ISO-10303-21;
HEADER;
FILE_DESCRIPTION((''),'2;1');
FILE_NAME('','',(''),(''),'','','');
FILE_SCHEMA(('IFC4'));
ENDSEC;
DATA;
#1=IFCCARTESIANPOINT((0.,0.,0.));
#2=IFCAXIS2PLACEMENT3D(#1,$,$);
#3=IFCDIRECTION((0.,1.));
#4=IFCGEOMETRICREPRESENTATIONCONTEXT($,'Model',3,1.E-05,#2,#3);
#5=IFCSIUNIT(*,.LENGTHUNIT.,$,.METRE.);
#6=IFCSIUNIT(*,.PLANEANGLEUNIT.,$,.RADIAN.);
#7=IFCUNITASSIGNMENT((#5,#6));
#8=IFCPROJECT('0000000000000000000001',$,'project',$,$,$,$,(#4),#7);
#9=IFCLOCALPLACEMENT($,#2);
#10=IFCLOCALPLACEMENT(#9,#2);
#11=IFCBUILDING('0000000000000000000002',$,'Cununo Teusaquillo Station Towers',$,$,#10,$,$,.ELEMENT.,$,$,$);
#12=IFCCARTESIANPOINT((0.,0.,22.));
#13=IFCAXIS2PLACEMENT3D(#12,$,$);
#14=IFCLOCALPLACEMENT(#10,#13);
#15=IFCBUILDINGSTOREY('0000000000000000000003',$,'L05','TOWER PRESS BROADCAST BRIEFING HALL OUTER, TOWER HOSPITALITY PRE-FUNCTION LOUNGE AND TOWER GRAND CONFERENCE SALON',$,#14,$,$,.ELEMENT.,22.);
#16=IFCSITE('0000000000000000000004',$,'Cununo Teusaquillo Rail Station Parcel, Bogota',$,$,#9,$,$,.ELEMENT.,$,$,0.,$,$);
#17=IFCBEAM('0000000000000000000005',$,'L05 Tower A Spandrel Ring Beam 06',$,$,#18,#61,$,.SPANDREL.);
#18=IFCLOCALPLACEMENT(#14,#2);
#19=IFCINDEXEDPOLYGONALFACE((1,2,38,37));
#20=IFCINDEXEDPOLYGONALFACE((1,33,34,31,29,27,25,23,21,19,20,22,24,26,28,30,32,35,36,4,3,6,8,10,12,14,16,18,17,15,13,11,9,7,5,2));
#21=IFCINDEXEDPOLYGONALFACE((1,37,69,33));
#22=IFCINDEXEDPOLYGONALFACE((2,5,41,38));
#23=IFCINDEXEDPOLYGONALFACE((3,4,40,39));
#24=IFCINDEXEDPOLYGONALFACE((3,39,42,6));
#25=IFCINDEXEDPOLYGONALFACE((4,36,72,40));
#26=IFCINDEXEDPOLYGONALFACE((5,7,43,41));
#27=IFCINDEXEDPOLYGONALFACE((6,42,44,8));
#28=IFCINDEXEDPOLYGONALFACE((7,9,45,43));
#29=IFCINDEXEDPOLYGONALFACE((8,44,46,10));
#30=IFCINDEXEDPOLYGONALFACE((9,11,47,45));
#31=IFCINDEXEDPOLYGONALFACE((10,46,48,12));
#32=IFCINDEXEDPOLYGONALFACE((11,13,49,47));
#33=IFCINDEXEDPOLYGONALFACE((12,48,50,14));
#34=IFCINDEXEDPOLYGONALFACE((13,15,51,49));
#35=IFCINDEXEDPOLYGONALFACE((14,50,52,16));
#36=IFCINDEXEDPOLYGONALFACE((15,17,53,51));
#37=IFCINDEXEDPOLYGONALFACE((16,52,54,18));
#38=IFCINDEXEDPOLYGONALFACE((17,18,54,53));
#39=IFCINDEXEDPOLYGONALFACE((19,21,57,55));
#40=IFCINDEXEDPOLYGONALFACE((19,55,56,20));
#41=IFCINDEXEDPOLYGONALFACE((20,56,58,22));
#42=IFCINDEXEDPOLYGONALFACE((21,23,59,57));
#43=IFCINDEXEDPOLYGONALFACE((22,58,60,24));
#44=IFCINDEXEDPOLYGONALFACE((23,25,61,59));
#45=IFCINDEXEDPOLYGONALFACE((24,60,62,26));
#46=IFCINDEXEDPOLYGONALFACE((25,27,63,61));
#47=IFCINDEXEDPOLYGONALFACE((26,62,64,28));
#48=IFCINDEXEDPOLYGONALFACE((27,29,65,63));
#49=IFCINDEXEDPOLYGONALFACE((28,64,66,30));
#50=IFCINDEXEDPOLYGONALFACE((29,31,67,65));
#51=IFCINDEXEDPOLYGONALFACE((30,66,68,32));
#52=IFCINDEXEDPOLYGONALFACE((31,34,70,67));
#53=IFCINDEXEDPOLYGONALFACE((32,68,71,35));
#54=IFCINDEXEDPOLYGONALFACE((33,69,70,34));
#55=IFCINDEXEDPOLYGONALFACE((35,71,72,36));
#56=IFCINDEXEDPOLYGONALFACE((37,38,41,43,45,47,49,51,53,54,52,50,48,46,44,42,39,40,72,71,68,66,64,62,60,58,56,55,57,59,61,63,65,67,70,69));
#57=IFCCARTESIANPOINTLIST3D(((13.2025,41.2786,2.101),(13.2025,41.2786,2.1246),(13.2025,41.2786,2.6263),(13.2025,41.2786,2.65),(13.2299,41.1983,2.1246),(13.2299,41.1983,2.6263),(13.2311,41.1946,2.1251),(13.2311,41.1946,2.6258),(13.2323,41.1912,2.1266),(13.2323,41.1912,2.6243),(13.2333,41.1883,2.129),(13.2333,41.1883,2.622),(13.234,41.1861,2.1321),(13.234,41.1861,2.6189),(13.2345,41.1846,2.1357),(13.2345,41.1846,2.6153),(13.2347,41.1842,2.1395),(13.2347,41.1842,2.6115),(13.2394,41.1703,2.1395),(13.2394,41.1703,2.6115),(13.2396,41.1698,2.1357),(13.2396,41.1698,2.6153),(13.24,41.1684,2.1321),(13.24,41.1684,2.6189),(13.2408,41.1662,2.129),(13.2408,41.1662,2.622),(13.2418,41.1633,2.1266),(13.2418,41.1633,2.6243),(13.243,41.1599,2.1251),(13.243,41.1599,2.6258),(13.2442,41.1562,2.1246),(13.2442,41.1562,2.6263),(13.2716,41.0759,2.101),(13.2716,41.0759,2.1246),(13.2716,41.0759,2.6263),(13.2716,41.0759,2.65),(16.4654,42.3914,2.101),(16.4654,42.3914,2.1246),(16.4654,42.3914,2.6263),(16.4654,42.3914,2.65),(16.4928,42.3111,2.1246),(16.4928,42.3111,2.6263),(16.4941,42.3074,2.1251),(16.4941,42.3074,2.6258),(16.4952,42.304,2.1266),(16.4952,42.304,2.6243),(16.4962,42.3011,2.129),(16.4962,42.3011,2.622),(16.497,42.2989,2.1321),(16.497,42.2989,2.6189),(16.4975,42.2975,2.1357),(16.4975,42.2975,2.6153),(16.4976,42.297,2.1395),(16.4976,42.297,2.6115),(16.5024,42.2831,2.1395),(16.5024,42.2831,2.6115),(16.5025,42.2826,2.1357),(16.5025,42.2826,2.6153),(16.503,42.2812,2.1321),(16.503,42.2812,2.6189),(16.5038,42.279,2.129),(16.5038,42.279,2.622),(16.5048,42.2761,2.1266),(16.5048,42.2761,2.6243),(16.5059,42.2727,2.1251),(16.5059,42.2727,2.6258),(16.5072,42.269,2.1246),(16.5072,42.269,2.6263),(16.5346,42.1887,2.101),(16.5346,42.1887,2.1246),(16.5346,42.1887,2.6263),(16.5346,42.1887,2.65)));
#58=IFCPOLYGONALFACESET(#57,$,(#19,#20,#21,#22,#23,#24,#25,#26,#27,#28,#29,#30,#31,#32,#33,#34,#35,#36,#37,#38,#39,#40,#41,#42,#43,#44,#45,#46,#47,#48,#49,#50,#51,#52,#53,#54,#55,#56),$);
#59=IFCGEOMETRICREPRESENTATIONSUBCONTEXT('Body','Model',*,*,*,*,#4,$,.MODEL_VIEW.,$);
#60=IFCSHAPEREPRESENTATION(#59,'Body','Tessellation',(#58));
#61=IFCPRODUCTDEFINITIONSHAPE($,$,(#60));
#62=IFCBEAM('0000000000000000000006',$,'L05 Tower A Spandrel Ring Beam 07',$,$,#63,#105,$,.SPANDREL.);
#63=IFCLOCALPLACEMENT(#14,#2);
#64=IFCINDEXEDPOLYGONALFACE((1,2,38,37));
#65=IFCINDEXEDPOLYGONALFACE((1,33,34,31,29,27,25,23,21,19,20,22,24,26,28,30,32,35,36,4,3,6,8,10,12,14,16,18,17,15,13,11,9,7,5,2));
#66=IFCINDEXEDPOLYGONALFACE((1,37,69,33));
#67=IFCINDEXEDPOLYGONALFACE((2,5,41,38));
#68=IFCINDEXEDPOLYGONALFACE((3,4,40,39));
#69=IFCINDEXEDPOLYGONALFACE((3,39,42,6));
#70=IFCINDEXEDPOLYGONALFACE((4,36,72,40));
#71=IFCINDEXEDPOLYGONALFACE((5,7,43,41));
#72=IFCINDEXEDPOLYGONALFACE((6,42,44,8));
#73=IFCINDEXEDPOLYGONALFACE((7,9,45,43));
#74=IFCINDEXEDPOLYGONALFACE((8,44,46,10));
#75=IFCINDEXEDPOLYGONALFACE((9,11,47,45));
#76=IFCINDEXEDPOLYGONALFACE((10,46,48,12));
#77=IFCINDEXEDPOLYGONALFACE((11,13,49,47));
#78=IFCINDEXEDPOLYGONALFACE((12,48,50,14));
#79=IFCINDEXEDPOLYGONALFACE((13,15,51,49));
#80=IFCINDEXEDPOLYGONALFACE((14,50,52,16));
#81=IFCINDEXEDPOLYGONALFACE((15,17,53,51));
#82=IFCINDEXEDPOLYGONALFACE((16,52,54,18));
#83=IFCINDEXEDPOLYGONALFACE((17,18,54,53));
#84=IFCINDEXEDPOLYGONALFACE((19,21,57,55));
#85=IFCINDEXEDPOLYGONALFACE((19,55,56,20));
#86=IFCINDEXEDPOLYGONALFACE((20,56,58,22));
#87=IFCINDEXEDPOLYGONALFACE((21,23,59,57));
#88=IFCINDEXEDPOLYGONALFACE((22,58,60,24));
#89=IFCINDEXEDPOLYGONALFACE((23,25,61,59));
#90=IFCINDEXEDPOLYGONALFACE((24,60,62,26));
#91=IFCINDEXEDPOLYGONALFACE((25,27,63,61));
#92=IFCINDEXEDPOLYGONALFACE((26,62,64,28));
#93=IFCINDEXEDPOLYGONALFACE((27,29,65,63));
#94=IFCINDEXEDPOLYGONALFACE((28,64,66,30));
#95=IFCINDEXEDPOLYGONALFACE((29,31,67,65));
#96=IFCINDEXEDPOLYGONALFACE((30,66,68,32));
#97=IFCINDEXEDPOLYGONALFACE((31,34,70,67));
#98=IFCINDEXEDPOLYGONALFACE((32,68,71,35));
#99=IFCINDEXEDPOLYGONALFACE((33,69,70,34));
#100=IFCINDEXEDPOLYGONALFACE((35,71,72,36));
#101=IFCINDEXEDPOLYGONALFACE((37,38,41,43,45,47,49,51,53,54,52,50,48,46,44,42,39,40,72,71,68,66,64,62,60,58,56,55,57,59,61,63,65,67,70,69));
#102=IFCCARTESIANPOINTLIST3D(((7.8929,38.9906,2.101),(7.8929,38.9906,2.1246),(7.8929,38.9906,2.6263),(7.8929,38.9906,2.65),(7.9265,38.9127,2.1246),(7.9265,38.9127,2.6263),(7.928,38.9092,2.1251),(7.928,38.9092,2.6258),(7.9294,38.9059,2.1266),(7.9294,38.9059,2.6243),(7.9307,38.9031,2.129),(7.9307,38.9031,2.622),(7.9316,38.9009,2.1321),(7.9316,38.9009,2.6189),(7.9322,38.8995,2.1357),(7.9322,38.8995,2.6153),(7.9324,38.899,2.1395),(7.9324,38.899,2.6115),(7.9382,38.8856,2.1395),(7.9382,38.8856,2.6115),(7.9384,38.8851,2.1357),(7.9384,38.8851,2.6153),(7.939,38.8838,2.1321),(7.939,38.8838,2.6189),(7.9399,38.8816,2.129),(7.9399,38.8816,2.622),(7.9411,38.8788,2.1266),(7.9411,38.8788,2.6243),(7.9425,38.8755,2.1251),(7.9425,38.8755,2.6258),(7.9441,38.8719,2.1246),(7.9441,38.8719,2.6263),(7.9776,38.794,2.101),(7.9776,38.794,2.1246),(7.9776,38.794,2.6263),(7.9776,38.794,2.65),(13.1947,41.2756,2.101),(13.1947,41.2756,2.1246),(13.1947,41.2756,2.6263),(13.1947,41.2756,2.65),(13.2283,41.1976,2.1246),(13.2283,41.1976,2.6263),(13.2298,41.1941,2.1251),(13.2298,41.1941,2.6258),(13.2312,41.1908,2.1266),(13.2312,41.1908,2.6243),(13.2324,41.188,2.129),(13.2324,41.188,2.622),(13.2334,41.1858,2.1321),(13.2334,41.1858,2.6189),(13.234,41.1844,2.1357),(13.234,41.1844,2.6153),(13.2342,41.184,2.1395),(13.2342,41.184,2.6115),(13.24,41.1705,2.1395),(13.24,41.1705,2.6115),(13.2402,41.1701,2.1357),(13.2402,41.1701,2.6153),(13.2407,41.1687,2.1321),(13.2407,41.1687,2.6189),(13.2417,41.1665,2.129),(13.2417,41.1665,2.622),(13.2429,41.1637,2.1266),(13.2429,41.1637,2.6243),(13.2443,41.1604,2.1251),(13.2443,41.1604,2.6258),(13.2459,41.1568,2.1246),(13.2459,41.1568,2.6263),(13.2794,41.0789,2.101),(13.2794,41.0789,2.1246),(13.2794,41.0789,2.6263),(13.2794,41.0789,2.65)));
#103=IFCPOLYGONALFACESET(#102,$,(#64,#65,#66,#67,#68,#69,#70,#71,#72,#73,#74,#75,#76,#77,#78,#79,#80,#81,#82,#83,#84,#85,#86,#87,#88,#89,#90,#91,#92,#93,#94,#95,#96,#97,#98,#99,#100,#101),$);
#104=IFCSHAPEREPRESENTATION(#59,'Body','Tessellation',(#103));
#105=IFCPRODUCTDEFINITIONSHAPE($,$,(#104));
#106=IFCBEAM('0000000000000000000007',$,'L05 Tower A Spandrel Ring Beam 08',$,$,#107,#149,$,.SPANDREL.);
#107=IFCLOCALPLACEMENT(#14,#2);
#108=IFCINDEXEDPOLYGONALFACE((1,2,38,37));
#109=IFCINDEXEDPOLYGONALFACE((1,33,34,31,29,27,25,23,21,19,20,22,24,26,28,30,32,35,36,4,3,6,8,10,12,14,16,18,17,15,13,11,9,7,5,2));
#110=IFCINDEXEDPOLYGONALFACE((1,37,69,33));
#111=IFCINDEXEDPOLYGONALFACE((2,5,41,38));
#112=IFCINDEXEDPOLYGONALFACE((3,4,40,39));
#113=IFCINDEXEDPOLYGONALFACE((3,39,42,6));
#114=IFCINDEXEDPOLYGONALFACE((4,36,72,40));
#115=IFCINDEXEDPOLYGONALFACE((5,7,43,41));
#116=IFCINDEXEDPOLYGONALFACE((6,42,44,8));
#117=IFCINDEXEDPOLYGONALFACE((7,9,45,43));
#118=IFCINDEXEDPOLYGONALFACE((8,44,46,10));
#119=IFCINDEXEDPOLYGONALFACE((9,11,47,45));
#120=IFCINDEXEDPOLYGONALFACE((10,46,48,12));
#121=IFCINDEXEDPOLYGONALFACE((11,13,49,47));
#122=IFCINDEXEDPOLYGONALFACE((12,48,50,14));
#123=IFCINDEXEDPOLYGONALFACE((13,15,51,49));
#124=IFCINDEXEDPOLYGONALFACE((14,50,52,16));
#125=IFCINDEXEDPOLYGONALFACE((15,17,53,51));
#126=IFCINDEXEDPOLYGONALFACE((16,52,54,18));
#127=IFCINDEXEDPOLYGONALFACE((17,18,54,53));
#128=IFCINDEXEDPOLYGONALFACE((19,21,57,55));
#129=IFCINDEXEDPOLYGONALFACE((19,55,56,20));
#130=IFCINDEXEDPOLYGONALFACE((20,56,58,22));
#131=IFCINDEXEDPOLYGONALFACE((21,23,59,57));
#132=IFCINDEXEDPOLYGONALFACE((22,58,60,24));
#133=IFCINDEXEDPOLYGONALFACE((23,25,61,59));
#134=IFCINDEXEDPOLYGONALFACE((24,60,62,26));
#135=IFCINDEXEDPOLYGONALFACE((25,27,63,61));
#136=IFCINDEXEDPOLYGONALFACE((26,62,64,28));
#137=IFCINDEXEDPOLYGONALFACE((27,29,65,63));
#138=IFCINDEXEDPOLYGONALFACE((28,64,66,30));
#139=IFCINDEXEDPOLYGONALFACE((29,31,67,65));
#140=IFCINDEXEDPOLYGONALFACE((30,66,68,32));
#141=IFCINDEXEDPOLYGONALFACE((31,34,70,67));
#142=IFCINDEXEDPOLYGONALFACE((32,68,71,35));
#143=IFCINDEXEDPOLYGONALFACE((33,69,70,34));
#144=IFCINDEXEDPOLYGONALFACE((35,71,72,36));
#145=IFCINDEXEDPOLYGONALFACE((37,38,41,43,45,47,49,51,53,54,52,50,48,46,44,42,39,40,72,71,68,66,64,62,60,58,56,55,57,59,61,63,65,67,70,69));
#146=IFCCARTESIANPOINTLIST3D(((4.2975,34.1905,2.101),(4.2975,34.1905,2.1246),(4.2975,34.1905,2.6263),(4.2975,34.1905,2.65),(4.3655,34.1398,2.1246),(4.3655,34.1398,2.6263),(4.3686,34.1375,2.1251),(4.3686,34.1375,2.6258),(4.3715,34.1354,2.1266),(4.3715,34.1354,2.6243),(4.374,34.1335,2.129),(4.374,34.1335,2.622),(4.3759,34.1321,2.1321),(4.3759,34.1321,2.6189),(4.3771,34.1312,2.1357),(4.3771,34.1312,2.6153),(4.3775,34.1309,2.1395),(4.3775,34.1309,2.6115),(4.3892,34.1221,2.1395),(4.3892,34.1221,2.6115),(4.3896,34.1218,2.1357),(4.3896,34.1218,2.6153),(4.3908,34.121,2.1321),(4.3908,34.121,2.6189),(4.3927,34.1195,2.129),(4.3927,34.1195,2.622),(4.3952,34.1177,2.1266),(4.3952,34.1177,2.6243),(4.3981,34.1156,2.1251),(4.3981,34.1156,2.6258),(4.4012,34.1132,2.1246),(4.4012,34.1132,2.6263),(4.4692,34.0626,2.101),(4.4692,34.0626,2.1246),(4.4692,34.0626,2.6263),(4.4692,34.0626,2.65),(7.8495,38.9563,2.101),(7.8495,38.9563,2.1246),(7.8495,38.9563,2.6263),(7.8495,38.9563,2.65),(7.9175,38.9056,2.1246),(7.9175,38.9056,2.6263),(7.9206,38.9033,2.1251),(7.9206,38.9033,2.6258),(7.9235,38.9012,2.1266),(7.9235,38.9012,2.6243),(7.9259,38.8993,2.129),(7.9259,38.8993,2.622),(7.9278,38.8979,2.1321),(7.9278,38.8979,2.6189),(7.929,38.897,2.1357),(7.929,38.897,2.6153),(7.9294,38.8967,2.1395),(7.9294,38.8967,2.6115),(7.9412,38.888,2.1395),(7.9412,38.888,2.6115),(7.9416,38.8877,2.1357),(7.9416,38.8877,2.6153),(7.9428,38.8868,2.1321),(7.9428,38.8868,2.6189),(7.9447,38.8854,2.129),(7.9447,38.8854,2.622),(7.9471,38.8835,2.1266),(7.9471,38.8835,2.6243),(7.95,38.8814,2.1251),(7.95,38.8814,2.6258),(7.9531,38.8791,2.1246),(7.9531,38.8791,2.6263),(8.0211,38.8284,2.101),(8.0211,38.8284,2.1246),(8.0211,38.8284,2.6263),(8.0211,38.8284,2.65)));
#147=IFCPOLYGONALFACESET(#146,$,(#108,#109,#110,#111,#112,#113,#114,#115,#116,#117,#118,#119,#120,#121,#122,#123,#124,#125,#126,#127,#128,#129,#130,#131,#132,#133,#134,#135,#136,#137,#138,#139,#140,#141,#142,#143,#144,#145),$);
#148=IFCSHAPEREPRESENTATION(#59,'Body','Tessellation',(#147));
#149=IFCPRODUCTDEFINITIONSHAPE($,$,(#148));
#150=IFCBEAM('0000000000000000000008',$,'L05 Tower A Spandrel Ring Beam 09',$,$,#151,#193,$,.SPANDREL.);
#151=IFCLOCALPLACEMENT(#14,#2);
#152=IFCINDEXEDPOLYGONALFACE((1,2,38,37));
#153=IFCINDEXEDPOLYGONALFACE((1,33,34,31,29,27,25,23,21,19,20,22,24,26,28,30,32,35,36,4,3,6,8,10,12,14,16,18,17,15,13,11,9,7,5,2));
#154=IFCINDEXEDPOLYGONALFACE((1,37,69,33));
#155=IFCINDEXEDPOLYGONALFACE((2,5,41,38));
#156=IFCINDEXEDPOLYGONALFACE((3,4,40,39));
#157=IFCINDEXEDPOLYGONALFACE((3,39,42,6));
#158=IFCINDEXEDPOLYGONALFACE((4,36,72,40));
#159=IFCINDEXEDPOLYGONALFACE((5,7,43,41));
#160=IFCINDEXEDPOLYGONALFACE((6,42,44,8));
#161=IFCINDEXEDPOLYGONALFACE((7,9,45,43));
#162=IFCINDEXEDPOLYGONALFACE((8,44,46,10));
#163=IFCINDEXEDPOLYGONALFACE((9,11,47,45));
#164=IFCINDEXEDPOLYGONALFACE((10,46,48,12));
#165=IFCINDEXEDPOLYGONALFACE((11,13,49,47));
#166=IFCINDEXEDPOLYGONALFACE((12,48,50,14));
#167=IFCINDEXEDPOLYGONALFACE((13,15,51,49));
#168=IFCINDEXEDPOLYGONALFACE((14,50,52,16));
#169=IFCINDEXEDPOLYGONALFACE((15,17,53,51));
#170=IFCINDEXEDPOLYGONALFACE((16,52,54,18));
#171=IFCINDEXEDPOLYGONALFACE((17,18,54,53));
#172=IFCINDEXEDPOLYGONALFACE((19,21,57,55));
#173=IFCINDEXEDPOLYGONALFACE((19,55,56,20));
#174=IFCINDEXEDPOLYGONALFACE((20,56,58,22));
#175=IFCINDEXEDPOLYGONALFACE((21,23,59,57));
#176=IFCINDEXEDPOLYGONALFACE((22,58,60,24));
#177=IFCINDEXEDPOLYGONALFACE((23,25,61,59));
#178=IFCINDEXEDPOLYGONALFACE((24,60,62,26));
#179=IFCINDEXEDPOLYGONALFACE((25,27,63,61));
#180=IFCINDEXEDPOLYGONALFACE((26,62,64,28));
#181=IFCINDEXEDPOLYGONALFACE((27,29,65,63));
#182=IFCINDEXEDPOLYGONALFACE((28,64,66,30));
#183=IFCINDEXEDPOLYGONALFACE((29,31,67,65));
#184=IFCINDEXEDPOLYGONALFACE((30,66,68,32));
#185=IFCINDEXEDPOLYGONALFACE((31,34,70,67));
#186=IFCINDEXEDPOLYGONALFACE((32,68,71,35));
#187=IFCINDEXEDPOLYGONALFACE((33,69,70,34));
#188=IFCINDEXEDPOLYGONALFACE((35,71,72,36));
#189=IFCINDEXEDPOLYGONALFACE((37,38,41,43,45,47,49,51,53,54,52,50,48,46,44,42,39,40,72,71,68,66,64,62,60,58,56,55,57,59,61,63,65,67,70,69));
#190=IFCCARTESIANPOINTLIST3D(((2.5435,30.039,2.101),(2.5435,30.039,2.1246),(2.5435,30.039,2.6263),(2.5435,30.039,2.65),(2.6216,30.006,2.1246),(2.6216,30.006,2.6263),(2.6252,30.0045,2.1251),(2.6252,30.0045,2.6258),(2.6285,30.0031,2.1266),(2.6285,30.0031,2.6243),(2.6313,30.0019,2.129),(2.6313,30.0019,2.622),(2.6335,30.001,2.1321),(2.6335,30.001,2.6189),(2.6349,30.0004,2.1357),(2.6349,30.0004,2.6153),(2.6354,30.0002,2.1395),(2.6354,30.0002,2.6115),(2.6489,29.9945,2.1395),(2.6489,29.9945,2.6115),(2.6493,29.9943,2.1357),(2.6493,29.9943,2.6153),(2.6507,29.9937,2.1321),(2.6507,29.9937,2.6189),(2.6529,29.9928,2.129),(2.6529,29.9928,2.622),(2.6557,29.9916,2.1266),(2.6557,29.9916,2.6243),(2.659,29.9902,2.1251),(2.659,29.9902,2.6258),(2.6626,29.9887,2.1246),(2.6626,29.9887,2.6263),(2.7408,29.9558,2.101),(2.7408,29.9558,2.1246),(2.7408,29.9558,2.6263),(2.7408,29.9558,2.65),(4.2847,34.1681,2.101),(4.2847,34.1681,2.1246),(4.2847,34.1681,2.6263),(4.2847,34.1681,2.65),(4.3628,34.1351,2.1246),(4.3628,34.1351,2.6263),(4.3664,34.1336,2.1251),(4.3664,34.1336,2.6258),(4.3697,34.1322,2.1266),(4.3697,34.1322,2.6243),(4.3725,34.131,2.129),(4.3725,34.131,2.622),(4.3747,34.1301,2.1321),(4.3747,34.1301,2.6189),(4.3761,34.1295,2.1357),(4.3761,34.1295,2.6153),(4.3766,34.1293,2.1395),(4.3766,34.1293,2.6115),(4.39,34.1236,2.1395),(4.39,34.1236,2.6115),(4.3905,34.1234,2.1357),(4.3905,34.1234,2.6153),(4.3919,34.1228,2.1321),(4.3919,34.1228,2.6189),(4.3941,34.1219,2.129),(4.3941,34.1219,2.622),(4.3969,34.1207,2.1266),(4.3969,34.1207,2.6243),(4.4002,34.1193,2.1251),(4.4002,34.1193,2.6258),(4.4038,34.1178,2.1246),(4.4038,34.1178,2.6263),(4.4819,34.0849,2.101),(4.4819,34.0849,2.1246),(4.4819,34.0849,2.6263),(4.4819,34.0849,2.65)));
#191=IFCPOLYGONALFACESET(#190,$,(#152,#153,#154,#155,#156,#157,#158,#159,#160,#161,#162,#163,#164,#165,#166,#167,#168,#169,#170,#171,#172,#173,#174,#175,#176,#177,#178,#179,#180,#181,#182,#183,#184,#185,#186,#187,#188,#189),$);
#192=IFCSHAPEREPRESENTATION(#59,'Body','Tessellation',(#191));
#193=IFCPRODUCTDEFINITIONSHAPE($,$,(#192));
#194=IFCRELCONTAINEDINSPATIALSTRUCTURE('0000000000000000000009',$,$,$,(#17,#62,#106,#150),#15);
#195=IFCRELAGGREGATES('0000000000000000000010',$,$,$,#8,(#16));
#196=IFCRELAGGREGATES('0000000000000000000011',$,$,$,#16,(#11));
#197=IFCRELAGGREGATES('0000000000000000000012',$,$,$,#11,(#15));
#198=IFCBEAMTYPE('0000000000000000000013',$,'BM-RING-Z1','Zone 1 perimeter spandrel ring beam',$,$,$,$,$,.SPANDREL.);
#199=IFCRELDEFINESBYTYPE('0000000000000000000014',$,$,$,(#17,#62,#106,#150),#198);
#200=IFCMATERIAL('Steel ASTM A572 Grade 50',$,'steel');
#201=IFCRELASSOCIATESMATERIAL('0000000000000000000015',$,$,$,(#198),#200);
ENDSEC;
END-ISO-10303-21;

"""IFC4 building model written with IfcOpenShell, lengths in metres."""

from ifc_helpers import new_model, si_unit, direction, frame, origin, origin_2d, place, context, subcontext, project, spatial, i_section, extrude, material, material_profile, profile_set, type_object, element, save


model = new_model("IFC4")

# Units and contexts
model_context = context("Model", 3, precision=1e-05, world=origin(), true_north=direction((0.0, 1.0)))
body_context = subcontext(model_context, "Body", "Model", "MODEL_VIEW")
ifc_project = project(units=[si_unit("LENGTHUNIT", "METRE"), si_unit("PLANEANGLEUNIT", "RADIAN")], contexts=[model_context])

# Site, building, storey
site_placement = place(None, origin())
site = spatial("IfcSite", under=ifc_project, at=site_placement, Name="Cununo Teusaquillo Rail Station Parcel, Bogota", CompositionType="ELEMENT", RefElevation=0.0)
building_placement = place(site_placement, origin())
building = spatial("IfcBuilding", under=site, at=building_placement, Name="Cununo Teusaquillo Station Towers", CompositionType="ELEMENT")
storey_placement = place(building_placement, frame((0.0, 0.0, 22.0)))
storey = spatial("IfcBuildingStorey", under=building, at=storey_placement, Name="L05", Description="TOWER PRESS BROADCAST BRIEFING HALL OUTER, TOWER HOSPITALITY PRE-FUNCTION LOUNGE AND TOWER GRAND CONFERENCE SALON", CompositionType="ELEMENT", Elevation=22.0)

# Beams
ifc_material_1 = material(Name="Steel ASTM A572 Grade 50", Category="steel")
ifc_material_profile_1 = material_profile(ifc_material_1, i_section(OverallWidth=0.2141, OverallDepth=0.5491, WebThickness=0.0146, FlangeThickness=0.0237, FilletRadius=0.0149, at=origin_2d()), Name="W21X93")
ifc_profile_set_1 = profile_set([ifc_material_profile_1], Name="Steel ASTM A572 Grade 50")
beam_type_1 = type_object("IfcBeamType", Name="BM-RING-Z1", Description="Zone 1 perimeter spandrel ring beam", PredefinedType="SPANDREL", material=ifc_profile_set_1)
beam_1_placement = place(storey_placement, frame((16.5, 42.29, 2.3755), z_axis=(-0.946472, -0.322785, 0.0), x_axis=(0.322785, -0.946472, 0.0)))
element("IfcBeam", 1, at=beam_1_placement, inside=storey, type_object=beam_type_1, Name="L05 Tower A Spandrel Ring Beam 06", PredefinedType="SPANDREL", context=body_context, shape_type="SweptSolid", body=[
    extrude(i_section(OverallWidth=0.2141, OverallDepth=0.5491, WebThickness=0.0146, FlangeThickness=0.0237, FilletRadius=0.0149, at=origin_2d()), origin(), (0.0, 0.0, 1.0), 3.4475),
])
beam_2_placement = place(storey_placement, frame((13.2371, 41.1772, 2.3755), z_axis=(-0.918345, -0.395781, 0.0), x_axis=(0.395781, -0.918345, 0.0)))
element("IfcBeam", 2, at=beam_2_placement, inside=storey, type_object=beam_type_1, Name="L05 Tower A Spandrel Ring Beam 07", PredefinedType="SPANDREL", context=body_context, shape_type="SweptSolid", body=[
    extrude(i_section(OverallWidth=0.2141, OverallDepth=0.5491, WebThickness=0.0146, FlangeThickness=0.0237, FilletRadius=0.0149, at=origin_2d()), origin(), (0.0, 0.0, 1.0), 5.7732),
])
beam_3_placement = place(storey_placement, frame((7.9353, 38.8923, 2.3755), z_axis=(-0.597585, -0.801805, 0.0), x_axis=(0.801805, -0.597585, 0.0)))
element("IfcBeam", 3, at=beam_3_placement, inside=storey, type_object=beam_type_1, Name="L05 Tower A Spandrel Ring Beam 08", PredefinedType="SPANDREL", context=body_context, shape_type="SweptSolid", body=[
    extrude(i_section(OverallWidth=0.2141, OverallDepth=0.5491, WebThickness=0.0146, FlangeThickness=0.0237, FilletRadius=0.0149, at=origin_2d()), origin(), (0.0, 0.0, 1.0), 5.9438),
])
beam_4_placement = place(storey_placement, frame((4.3833, 34.1265, 2.3755), z_axis=(-0.388554, -0.921426, 0.0), x_axis=(0.921426, -0.388554, 0.0)))
element("IfcBeam", 4, at=beam_4_placement, inside=storey, type_object=beam_type_1, Name="L05 Tower A Spandrel Ring Beam 09", PredefinedType="SPANDREL", context=body_context, shape_type="SweptSolid", body=[
    extrude(i_section(OverallWidth=0.2141, OverallDepth=0.5491, WebThickness=0.0146, FlangeThickness=0.0237, FilletRadius=0.0149, at=origin_2d()), origin(), (0.0, 0.0, 1.0), 4.4812),
])

save(model, "model.ifc")
